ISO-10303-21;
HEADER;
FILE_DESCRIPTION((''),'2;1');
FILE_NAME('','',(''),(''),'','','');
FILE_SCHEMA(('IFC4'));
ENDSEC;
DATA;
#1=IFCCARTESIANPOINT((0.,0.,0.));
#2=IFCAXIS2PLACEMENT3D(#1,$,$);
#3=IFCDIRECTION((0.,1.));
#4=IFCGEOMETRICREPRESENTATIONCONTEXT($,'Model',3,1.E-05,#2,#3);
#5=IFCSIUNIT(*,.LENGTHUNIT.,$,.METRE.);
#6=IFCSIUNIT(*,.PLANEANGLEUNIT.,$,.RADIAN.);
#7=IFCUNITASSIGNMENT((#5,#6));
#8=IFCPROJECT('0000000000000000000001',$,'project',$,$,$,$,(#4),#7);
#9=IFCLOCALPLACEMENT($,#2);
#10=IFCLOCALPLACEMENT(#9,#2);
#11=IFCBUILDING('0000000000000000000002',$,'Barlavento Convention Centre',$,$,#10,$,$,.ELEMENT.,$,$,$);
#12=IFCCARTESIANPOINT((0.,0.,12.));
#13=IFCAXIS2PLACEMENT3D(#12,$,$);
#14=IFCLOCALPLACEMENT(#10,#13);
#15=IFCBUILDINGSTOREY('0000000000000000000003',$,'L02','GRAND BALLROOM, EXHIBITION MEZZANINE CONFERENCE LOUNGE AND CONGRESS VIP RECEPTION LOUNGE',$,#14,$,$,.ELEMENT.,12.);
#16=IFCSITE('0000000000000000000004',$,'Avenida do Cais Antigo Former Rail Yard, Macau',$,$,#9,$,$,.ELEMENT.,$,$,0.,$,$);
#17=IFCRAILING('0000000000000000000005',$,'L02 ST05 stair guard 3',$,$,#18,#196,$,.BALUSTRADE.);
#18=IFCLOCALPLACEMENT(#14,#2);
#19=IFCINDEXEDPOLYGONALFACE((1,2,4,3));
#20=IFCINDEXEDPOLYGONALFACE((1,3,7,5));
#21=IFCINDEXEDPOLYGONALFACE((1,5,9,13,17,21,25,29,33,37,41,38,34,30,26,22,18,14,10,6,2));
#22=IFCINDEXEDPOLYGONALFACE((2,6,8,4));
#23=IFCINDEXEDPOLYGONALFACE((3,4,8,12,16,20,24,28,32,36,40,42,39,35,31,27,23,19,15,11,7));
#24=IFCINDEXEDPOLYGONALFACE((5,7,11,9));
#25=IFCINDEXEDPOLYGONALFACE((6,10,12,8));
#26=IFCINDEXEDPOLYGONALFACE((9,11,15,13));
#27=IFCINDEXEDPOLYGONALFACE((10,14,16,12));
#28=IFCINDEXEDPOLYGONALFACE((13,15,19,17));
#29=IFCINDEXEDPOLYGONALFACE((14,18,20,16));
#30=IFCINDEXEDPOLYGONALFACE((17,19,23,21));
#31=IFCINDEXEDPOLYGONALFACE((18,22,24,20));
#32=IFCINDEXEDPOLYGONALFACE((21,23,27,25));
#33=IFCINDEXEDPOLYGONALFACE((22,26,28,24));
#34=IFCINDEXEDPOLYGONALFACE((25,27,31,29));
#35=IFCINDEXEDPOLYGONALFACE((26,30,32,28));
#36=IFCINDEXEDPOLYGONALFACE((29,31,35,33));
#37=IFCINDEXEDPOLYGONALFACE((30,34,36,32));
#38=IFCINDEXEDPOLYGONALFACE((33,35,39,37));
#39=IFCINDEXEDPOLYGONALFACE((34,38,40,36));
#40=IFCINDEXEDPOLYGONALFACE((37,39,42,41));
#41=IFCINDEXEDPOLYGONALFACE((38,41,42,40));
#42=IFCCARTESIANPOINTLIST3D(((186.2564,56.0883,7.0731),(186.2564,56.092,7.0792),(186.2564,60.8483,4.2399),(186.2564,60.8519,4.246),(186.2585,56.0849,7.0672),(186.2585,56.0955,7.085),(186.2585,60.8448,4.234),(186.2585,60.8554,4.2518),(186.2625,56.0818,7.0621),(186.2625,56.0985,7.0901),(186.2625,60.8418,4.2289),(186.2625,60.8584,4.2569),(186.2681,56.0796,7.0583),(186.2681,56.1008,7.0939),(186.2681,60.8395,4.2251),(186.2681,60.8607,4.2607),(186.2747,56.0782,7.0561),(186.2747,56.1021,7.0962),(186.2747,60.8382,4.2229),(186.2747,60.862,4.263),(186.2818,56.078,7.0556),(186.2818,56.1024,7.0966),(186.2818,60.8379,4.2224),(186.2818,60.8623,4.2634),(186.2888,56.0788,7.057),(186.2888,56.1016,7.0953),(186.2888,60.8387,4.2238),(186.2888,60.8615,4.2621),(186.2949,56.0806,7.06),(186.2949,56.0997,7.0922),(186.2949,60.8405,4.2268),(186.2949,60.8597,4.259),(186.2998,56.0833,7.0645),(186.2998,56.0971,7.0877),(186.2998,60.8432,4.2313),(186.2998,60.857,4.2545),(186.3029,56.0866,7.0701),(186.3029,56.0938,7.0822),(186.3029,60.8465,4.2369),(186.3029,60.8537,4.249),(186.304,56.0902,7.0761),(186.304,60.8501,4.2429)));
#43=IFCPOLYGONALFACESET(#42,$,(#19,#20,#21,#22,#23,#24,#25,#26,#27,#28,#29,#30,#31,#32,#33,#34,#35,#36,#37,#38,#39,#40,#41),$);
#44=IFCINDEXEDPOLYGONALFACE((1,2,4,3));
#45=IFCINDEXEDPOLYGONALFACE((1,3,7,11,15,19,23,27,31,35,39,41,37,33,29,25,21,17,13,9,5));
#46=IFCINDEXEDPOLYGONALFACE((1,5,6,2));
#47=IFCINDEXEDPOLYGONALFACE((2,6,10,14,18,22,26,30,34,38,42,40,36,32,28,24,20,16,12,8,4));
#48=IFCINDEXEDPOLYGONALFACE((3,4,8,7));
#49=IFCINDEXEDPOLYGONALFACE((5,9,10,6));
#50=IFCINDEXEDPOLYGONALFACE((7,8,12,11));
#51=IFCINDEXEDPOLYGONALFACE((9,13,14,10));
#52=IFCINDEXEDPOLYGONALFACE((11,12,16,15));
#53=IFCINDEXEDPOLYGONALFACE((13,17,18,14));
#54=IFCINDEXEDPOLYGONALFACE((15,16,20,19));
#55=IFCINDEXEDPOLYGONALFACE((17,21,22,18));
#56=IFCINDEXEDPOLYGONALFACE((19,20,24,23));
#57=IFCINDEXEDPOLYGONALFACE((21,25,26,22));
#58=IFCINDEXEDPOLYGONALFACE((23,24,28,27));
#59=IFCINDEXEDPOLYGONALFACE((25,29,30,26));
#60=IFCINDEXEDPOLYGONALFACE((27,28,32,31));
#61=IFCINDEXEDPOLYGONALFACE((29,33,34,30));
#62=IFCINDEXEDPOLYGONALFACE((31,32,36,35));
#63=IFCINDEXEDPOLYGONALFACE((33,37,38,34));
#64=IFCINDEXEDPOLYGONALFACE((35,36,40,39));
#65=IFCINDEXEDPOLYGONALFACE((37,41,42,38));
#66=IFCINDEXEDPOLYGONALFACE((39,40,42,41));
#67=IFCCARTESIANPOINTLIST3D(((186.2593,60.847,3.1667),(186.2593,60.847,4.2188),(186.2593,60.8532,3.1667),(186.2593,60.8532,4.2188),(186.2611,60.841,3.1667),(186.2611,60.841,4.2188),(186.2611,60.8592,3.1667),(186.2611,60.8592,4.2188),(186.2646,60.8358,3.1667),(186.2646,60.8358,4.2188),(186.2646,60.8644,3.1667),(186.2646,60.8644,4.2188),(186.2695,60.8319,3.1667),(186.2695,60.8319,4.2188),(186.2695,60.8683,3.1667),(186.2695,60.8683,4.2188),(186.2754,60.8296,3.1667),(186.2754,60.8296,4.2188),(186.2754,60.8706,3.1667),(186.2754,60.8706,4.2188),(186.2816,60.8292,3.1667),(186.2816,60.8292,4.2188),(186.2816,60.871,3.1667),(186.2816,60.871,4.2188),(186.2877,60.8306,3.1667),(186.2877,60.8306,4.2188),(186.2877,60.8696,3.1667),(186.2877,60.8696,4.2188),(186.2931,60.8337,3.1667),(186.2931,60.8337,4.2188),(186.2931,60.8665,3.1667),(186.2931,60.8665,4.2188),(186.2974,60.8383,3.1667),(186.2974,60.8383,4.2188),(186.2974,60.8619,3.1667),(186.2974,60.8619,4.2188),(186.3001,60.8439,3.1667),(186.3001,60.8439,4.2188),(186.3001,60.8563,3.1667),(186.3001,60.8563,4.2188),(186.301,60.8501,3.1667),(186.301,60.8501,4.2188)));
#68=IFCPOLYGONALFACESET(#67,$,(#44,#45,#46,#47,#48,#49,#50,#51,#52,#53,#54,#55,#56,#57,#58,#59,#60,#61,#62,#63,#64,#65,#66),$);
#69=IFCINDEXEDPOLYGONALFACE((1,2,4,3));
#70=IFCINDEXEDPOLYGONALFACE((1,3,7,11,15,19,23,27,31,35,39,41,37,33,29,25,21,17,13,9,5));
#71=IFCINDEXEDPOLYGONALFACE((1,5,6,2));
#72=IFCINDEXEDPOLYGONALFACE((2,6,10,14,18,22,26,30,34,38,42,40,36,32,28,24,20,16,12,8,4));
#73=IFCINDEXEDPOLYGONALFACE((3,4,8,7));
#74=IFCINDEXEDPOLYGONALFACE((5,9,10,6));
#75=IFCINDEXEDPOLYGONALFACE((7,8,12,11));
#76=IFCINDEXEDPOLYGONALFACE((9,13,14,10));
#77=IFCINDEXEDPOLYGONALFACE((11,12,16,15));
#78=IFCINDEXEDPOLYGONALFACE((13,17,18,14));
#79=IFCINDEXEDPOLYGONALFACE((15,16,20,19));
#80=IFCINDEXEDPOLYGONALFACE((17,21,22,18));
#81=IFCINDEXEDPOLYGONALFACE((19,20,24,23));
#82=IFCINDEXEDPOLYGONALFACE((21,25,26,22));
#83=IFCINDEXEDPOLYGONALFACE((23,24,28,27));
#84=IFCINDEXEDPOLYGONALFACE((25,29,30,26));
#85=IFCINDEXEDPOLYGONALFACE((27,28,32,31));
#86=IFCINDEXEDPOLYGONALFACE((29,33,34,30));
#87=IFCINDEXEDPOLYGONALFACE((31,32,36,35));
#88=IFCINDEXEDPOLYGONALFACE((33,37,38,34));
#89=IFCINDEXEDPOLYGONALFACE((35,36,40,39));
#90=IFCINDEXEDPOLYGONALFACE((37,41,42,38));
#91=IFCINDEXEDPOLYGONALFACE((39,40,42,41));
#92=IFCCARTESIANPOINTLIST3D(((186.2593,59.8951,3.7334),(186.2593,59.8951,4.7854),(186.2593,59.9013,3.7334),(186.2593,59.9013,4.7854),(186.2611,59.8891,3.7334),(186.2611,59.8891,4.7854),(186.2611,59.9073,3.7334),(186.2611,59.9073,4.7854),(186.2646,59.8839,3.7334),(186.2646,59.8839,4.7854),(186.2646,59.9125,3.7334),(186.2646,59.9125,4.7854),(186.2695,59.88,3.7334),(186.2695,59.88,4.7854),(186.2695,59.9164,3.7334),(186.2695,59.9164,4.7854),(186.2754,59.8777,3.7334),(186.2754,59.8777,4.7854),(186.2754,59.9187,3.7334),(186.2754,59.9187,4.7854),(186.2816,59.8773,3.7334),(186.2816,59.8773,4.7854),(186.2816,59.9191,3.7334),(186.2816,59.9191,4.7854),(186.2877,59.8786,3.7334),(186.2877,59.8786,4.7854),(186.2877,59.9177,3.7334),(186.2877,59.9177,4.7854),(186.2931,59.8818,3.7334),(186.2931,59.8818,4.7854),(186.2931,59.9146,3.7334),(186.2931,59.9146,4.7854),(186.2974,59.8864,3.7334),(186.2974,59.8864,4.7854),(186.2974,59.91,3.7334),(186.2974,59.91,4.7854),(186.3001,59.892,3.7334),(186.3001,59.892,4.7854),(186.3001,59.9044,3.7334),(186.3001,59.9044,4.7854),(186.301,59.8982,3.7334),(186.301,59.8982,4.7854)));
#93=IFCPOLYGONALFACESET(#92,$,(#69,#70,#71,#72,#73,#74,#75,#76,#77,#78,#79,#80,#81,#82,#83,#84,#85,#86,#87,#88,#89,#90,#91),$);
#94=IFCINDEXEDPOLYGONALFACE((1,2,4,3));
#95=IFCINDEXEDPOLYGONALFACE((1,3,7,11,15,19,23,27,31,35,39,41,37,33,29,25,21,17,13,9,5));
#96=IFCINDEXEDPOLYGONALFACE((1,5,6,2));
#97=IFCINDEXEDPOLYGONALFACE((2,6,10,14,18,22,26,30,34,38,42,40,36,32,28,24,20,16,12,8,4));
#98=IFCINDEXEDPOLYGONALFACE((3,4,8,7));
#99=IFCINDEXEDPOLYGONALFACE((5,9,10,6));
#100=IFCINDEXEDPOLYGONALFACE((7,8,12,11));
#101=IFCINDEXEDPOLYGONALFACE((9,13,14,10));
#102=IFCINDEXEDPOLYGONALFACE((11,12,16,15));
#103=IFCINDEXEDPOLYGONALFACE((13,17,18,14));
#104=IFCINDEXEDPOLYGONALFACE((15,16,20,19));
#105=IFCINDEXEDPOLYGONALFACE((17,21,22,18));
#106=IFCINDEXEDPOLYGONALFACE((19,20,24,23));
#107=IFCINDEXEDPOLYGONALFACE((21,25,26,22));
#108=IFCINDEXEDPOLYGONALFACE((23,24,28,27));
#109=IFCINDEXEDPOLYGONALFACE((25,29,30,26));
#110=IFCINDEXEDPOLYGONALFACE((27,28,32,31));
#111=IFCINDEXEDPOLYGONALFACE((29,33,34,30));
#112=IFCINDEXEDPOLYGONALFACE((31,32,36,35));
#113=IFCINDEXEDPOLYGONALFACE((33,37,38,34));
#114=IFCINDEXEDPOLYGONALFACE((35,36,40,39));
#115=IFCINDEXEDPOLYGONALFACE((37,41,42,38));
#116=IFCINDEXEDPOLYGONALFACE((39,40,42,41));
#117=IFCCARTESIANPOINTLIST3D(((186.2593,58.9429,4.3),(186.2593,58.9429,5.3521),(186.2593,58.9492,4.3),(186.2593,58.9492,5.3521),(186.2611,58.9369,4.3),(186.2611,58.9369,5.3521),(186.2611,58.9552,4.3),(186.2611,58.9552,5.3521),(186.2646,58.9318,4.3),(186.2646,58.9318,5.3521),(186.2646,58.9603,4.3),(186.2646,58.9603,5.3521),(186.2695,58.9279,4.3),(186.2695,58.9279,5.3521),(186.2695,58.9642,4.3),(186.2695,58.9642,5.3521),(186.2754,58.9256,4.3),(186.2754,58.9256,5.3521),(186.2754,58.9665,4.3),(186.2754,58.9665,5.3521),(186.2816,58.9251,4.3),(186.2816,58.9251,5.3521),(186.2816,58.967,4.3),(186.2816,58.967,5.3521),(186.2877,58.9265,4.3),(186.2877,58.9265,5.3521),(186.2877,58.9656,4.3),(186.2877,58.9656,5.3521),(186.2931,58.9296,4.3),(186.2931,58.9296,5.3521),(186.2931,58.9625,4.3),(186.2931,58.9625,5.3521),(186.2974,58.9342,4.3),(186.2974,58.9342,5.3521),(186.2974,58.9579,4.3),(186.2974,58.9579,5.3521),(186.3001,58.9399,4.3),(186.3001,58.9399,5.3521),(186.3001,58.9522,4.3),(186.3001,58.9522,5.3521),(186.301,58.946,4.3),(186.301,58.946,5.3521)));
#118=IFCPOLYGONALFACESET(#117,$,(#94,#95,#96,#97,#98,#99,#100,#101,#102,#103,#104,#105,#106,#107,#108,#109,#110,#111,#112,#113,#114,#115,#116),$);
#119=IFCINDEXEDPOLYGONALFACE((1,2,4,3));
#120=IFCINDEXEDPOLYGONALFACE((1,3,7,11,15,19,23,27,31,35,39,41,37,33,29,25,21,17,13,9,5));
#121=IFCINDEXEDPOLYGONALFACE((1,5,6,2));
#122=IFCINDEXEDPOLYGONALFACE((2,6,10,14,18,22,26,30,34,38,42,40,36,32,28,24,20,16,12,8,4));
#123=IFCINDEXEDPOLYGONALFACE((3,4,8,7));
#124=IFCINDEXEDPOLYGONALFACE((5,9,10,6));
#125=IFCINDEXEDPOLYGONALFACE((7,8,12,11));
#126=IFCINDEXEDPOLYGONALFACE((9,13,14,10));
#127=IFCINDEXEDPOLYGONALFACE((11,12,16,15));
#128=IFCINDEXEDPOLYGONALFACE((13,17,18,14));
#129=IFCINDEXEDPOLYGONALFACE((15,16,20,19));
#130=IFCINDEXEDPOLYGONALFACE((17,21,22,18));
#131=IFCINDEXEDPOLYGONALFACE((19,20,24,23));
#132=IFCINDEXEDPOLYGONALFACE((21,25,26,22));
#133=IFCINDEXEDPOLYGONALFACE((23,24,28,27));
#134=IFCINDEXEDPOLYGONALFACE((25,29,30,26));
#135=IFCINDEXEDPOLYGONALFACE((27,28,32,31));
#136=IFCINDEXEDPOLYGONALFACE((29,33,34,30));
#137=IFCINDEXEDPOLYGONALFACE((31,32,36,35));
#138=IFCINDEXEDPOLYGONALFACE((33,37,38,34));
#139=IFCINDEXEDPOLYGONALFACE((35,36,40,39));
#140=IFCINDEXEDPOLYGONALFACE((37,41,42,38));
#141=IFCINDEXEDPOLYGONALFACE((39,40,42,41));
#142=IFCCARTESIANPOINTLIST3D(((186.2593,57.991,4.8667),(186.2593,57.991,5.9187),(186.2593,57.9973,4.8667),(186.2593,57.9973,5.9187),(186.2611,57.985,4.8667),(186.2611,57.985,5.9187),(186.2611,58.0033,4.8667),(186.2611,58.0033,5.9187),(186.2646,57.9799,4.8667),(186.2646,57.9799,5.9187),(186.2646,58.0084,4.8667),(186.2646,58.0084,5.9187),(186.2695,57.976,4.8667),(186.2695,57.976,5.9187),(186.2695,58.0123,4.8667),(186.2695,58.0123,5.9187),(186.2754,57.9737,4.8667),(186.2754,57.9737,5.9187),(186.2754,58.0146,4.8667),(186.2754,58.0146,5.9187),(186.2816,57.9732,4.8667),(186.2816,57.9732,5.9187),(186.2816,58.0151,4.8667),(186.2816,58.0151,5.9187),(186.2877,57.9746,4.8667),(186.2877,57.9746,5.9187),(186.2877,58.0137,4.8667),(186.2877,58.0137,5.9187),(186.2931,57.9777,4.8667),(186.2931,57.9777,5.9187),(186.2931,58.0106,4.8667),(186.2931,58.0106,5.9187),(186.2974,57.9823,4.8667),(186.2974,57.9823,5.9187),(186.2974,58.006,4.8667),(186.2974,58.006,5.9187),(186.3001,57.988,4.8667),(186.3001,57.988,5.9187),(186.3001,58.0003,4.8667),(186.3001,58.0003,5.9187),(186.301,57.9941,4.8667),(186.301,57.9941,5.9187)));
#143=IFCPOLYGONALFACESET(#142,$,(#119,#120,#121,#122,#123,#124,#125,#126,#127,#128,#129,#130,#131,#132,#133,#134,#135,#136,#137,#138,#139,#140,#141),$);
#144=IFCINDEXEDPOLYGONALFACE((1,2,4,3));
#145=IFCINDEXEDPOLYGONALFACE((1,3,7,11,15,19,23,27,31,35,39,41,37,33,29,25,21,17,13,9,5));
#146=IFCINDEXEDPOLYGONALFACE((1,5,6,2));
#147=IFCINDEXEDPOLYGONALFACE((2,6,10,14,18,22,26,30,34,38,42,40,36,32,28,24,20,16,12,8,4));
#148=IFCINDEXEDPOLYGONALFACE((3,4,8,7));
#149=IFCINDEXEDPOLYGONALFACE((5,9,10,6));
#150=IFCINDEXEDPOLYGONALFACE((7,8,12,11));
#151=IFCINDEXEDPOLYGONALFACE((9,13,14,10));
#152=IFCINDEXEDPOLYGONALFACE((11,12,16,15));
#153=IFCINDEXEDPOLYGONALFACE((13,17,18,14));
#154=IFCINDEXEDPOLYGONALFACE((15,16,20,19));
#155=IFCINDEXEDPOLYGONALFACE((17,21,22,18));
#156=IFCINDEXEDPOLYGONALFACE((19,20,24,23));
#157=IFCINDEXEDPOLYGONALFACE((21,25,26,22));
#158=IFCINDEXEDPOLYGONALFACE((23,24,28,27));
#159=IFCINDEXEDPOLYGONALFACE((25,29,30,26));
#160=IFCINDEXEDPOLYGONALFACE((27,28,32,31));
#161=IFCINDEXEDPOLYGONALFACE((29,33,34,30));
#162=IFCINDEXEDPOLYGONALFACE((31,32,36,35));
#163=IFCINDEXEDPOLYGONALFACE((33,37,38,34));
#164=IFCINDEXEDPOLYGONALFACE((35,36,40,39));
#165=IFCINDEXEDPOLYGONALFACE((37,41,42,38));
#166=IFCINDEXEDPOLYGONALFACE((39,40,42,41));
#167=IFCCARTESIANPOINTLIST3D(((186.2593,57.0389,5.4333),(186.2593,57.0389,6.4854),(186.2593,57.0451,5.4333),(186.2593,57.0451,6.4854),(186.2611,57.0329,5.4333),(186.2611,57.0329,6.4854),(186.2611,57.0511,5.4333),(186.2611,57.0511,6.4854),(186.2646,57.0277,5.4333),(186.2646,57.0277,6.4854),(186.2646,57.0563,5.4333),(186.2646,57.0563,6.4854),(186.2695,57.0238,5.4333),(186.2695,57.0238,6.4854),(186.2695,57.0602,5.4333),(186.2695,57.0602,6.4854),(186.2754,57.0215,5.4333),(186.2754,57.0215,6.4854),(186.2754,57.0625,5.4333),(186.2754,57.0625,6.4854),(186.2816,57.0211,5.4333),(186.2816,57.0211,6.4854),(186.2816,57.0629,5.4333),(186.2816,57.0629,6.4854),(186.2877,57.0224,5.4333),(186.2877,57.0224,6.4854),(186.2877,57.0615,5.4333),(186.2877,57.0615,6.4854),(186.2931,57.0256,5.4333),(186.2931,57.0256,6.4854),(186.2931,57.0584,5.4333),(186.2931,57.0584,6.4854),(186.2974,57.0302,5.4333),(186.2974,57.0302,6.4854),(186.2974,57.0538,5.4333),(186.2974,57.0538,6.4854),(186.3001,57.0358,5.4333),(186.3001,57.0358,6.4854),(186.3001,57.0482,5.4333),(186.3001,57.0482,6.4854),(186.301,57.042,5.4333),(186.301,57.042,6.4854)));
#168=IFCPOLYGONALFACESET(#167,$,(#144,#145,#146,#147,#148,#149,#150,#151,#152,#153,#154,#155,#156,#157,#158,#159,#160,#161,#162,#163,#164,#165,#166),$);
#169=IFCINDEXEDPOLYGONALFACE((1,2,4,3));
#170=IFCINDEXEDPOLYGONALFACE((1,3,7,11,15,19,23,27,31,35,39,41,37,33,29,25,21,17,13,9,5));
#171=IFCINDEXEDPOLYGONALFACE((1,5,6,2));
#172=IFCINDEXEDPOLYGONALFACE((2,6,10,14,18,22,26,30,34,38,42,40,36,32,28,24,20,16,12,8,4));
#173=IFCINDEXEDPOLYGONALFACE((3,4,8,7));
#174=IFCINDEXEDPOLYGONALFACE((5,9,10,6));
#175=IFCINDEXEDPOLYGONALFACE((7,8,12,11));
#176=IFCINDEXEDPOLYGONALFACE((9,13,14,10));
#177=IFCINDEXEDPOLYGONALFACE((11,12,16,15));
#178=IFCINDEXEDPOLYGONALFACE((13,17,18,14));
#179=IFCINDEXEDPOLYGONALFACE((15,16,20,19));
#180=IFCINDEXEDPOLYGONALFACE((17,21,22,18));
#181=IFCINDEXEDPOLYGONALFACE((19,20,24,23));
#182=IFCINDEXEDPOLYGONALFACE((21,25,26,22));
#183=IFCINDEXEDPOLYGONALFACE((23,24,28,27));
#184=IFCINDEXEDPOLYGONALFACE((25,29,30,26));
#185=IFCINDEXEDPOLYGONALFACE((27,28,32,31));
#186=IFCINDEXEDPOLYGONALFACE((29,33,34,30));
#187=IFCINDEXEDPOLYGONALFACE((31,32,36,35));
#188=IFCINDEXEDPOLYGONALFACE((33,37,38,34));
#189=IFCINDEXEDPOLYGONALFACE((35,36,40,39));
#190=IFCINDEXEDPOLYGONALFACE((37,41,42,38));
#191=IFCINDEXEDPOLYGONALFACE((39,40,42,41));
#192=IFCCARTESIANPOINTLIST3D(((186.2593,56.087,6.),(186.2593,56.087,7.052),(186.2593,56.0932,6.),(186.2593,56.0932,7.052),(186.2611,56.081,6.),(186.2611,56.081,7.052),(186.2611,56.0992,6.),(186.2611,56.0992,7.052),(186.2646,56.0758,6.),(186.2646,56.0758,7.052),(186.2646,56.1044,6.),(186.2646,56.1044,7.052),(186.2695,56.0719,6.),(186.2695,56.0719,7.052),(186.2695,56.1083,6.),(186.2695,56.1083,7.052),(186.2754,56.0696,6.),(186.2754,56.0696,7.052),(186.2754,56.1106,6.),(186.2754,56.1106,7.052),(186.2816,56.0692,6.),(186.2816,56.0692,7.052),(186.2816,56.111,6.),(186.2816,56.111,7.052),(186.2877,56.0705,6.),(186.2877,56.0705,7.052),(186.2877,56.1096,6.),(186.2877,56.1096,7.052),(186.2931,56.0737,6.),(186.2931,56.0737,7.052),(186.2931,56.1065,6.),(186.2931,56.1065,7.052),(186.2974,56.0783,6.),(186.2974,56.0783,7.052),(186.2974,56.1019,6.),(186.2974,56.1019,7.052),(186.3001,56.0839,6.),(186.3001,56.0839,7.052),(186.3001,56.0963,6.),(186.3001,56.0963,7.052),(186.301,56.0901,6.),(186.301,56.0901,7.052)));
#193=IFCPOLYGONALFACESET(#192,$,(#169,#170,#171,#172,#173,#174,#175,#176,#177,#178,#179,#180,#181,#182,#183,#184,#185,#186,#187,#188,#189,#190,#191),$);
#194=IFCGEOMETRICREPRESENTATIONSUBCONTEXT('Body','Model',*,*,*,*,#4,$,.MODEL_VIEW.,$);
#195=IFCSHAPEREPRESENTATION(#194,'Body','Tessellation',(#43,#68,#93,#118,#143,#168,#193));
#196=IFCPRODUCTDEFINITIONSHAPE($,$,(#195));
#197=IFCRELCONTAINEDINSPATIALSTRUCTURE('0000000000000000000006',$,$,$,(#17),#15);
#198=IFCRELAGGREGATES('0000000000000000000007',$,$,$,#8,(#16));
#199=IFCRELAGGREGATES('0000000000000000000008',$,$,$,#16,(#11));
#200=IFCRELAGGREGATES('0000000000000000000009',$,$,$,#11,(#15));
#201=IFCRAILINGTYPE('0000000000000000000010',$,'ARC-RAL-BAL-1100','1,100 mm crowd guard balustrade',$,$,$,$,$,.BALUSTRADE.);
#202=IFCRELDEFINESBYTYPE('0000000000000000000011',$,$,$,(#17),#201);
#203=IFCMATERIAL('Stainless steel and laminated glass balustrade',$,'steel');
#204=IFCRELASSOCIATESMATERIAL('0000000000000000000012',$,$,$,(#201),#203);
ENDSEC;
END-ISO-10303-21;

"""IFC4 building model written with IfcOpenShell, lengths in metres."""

from ifc_helpers import new_model, si_unit, direction, frame, origin, origin_2d, place, context, subcontext, project, spatial, circle, extrude, material, type_object, element, save


model = new_model("IFC4")

# Units and contexts
model_context = context("Model", 3, precision=1e-05, world=origin(), true_north=direction((0.0, 1.0)))
body_context = subcontext(model_context, "Body", "Model", "MODEL_VIEW")
ifc_project = project(units=[si_unit("LENGTHUNIT", "METRE"), si_unit("PLANEANGLEUNIT", "RADIAN")], contexts=[model_context])

# Site, building, storey
site_placement = place(None, origin())
site = spatial("IfcSite", under=ifc_project, at=site_placement, Name="Avenida do Cais Antigo Former Rail Yard, Macau", CompositionType="ELEMENT", RefElevation=0.0)
building_placement = place(site_placement, origin())
building = spatial("IfcBuilding", under=site, at=building_placement, Name="Barlavento Convention Centre", CompositionType="ELEMENT")
storey_placement = place(building_placement, frame((0.0, 0.0, 12.0)))
storey = spatial("IfcBuildingStorey", under=building, at=storey_placement, Name="L02", Description="GRAND BALLROOM, EXHIBITION MEZZANINE CONFERENCE LOUNGE AND CONGRESS VIP RECEPTION LOUNGE", CompositionType="ELEMENT", Elevation=12.0)

# Railing
ifc_material_1 = material(Name="Stainless steel and laminated glass balustrade", Category="steel")
railing_type_1 = type_object("IfcRailingType", Name="ARC-RAL-BAL-1100", Description="1,100 mm crowd guard balustrade", PredefinedType="BALUSTRADE", material=ifc_material_1)
railing_1_placement = place(storey_placement, frame((186.28, 60.8501, 3.1667)))
element("IfcRailing", 1, at=railing_1_placement, inside=storey, type_object=railing_type_1, Name="L02 ST05 stair guard 3", PredefinedType="BALUSTRADE", context=body_context, shape_type="SweptSolid", body=[
    extrude(circle(Radius=0.0239, at=origin_2d()), frame((0.0, 0.0, 1.0762), z_axis=(0.0, -0.8593, 0.511472), x_axis=(1.0, 0.0, 0.0)), (0.0, 0.0, 1.0), 5.5393),
    extrude(circle(Radius=0.021, at=origin_2d()), origin(), (0.0, 0.0, 1.0), 1.052),
    extrude(circle(Radius=0.021, at=origin_2d()), frame((0.0, -0.9519, 0.5667)), (0.0, 0.0, 1.0), 1.052),
    extrude(circle(Radius=0.021, at=origin_2d()), frame((0.0, -1.9041, 1.1333)), (0.0, 0.0, 1.0), 1.052),
    extrude(circle(Radius=0.021, at=origin_2d()), frame((0.0, -2.856, 1.7)), (0.0, 0.0, 1.0), 1.052),
    extrude(circle(Radius=0.021, at=origin_2d()), frame((0.0, -3.8081, 2.2666)), (0.0, 0.0, 1.0), 1.052),
    extrude(circle(Radius=0.021, at=origin_2d()), frame((0.0, -4.76, 2.8333)), (0.0, 0.0, 1.0), 1.052),
])

save(model, "model.ifc")
